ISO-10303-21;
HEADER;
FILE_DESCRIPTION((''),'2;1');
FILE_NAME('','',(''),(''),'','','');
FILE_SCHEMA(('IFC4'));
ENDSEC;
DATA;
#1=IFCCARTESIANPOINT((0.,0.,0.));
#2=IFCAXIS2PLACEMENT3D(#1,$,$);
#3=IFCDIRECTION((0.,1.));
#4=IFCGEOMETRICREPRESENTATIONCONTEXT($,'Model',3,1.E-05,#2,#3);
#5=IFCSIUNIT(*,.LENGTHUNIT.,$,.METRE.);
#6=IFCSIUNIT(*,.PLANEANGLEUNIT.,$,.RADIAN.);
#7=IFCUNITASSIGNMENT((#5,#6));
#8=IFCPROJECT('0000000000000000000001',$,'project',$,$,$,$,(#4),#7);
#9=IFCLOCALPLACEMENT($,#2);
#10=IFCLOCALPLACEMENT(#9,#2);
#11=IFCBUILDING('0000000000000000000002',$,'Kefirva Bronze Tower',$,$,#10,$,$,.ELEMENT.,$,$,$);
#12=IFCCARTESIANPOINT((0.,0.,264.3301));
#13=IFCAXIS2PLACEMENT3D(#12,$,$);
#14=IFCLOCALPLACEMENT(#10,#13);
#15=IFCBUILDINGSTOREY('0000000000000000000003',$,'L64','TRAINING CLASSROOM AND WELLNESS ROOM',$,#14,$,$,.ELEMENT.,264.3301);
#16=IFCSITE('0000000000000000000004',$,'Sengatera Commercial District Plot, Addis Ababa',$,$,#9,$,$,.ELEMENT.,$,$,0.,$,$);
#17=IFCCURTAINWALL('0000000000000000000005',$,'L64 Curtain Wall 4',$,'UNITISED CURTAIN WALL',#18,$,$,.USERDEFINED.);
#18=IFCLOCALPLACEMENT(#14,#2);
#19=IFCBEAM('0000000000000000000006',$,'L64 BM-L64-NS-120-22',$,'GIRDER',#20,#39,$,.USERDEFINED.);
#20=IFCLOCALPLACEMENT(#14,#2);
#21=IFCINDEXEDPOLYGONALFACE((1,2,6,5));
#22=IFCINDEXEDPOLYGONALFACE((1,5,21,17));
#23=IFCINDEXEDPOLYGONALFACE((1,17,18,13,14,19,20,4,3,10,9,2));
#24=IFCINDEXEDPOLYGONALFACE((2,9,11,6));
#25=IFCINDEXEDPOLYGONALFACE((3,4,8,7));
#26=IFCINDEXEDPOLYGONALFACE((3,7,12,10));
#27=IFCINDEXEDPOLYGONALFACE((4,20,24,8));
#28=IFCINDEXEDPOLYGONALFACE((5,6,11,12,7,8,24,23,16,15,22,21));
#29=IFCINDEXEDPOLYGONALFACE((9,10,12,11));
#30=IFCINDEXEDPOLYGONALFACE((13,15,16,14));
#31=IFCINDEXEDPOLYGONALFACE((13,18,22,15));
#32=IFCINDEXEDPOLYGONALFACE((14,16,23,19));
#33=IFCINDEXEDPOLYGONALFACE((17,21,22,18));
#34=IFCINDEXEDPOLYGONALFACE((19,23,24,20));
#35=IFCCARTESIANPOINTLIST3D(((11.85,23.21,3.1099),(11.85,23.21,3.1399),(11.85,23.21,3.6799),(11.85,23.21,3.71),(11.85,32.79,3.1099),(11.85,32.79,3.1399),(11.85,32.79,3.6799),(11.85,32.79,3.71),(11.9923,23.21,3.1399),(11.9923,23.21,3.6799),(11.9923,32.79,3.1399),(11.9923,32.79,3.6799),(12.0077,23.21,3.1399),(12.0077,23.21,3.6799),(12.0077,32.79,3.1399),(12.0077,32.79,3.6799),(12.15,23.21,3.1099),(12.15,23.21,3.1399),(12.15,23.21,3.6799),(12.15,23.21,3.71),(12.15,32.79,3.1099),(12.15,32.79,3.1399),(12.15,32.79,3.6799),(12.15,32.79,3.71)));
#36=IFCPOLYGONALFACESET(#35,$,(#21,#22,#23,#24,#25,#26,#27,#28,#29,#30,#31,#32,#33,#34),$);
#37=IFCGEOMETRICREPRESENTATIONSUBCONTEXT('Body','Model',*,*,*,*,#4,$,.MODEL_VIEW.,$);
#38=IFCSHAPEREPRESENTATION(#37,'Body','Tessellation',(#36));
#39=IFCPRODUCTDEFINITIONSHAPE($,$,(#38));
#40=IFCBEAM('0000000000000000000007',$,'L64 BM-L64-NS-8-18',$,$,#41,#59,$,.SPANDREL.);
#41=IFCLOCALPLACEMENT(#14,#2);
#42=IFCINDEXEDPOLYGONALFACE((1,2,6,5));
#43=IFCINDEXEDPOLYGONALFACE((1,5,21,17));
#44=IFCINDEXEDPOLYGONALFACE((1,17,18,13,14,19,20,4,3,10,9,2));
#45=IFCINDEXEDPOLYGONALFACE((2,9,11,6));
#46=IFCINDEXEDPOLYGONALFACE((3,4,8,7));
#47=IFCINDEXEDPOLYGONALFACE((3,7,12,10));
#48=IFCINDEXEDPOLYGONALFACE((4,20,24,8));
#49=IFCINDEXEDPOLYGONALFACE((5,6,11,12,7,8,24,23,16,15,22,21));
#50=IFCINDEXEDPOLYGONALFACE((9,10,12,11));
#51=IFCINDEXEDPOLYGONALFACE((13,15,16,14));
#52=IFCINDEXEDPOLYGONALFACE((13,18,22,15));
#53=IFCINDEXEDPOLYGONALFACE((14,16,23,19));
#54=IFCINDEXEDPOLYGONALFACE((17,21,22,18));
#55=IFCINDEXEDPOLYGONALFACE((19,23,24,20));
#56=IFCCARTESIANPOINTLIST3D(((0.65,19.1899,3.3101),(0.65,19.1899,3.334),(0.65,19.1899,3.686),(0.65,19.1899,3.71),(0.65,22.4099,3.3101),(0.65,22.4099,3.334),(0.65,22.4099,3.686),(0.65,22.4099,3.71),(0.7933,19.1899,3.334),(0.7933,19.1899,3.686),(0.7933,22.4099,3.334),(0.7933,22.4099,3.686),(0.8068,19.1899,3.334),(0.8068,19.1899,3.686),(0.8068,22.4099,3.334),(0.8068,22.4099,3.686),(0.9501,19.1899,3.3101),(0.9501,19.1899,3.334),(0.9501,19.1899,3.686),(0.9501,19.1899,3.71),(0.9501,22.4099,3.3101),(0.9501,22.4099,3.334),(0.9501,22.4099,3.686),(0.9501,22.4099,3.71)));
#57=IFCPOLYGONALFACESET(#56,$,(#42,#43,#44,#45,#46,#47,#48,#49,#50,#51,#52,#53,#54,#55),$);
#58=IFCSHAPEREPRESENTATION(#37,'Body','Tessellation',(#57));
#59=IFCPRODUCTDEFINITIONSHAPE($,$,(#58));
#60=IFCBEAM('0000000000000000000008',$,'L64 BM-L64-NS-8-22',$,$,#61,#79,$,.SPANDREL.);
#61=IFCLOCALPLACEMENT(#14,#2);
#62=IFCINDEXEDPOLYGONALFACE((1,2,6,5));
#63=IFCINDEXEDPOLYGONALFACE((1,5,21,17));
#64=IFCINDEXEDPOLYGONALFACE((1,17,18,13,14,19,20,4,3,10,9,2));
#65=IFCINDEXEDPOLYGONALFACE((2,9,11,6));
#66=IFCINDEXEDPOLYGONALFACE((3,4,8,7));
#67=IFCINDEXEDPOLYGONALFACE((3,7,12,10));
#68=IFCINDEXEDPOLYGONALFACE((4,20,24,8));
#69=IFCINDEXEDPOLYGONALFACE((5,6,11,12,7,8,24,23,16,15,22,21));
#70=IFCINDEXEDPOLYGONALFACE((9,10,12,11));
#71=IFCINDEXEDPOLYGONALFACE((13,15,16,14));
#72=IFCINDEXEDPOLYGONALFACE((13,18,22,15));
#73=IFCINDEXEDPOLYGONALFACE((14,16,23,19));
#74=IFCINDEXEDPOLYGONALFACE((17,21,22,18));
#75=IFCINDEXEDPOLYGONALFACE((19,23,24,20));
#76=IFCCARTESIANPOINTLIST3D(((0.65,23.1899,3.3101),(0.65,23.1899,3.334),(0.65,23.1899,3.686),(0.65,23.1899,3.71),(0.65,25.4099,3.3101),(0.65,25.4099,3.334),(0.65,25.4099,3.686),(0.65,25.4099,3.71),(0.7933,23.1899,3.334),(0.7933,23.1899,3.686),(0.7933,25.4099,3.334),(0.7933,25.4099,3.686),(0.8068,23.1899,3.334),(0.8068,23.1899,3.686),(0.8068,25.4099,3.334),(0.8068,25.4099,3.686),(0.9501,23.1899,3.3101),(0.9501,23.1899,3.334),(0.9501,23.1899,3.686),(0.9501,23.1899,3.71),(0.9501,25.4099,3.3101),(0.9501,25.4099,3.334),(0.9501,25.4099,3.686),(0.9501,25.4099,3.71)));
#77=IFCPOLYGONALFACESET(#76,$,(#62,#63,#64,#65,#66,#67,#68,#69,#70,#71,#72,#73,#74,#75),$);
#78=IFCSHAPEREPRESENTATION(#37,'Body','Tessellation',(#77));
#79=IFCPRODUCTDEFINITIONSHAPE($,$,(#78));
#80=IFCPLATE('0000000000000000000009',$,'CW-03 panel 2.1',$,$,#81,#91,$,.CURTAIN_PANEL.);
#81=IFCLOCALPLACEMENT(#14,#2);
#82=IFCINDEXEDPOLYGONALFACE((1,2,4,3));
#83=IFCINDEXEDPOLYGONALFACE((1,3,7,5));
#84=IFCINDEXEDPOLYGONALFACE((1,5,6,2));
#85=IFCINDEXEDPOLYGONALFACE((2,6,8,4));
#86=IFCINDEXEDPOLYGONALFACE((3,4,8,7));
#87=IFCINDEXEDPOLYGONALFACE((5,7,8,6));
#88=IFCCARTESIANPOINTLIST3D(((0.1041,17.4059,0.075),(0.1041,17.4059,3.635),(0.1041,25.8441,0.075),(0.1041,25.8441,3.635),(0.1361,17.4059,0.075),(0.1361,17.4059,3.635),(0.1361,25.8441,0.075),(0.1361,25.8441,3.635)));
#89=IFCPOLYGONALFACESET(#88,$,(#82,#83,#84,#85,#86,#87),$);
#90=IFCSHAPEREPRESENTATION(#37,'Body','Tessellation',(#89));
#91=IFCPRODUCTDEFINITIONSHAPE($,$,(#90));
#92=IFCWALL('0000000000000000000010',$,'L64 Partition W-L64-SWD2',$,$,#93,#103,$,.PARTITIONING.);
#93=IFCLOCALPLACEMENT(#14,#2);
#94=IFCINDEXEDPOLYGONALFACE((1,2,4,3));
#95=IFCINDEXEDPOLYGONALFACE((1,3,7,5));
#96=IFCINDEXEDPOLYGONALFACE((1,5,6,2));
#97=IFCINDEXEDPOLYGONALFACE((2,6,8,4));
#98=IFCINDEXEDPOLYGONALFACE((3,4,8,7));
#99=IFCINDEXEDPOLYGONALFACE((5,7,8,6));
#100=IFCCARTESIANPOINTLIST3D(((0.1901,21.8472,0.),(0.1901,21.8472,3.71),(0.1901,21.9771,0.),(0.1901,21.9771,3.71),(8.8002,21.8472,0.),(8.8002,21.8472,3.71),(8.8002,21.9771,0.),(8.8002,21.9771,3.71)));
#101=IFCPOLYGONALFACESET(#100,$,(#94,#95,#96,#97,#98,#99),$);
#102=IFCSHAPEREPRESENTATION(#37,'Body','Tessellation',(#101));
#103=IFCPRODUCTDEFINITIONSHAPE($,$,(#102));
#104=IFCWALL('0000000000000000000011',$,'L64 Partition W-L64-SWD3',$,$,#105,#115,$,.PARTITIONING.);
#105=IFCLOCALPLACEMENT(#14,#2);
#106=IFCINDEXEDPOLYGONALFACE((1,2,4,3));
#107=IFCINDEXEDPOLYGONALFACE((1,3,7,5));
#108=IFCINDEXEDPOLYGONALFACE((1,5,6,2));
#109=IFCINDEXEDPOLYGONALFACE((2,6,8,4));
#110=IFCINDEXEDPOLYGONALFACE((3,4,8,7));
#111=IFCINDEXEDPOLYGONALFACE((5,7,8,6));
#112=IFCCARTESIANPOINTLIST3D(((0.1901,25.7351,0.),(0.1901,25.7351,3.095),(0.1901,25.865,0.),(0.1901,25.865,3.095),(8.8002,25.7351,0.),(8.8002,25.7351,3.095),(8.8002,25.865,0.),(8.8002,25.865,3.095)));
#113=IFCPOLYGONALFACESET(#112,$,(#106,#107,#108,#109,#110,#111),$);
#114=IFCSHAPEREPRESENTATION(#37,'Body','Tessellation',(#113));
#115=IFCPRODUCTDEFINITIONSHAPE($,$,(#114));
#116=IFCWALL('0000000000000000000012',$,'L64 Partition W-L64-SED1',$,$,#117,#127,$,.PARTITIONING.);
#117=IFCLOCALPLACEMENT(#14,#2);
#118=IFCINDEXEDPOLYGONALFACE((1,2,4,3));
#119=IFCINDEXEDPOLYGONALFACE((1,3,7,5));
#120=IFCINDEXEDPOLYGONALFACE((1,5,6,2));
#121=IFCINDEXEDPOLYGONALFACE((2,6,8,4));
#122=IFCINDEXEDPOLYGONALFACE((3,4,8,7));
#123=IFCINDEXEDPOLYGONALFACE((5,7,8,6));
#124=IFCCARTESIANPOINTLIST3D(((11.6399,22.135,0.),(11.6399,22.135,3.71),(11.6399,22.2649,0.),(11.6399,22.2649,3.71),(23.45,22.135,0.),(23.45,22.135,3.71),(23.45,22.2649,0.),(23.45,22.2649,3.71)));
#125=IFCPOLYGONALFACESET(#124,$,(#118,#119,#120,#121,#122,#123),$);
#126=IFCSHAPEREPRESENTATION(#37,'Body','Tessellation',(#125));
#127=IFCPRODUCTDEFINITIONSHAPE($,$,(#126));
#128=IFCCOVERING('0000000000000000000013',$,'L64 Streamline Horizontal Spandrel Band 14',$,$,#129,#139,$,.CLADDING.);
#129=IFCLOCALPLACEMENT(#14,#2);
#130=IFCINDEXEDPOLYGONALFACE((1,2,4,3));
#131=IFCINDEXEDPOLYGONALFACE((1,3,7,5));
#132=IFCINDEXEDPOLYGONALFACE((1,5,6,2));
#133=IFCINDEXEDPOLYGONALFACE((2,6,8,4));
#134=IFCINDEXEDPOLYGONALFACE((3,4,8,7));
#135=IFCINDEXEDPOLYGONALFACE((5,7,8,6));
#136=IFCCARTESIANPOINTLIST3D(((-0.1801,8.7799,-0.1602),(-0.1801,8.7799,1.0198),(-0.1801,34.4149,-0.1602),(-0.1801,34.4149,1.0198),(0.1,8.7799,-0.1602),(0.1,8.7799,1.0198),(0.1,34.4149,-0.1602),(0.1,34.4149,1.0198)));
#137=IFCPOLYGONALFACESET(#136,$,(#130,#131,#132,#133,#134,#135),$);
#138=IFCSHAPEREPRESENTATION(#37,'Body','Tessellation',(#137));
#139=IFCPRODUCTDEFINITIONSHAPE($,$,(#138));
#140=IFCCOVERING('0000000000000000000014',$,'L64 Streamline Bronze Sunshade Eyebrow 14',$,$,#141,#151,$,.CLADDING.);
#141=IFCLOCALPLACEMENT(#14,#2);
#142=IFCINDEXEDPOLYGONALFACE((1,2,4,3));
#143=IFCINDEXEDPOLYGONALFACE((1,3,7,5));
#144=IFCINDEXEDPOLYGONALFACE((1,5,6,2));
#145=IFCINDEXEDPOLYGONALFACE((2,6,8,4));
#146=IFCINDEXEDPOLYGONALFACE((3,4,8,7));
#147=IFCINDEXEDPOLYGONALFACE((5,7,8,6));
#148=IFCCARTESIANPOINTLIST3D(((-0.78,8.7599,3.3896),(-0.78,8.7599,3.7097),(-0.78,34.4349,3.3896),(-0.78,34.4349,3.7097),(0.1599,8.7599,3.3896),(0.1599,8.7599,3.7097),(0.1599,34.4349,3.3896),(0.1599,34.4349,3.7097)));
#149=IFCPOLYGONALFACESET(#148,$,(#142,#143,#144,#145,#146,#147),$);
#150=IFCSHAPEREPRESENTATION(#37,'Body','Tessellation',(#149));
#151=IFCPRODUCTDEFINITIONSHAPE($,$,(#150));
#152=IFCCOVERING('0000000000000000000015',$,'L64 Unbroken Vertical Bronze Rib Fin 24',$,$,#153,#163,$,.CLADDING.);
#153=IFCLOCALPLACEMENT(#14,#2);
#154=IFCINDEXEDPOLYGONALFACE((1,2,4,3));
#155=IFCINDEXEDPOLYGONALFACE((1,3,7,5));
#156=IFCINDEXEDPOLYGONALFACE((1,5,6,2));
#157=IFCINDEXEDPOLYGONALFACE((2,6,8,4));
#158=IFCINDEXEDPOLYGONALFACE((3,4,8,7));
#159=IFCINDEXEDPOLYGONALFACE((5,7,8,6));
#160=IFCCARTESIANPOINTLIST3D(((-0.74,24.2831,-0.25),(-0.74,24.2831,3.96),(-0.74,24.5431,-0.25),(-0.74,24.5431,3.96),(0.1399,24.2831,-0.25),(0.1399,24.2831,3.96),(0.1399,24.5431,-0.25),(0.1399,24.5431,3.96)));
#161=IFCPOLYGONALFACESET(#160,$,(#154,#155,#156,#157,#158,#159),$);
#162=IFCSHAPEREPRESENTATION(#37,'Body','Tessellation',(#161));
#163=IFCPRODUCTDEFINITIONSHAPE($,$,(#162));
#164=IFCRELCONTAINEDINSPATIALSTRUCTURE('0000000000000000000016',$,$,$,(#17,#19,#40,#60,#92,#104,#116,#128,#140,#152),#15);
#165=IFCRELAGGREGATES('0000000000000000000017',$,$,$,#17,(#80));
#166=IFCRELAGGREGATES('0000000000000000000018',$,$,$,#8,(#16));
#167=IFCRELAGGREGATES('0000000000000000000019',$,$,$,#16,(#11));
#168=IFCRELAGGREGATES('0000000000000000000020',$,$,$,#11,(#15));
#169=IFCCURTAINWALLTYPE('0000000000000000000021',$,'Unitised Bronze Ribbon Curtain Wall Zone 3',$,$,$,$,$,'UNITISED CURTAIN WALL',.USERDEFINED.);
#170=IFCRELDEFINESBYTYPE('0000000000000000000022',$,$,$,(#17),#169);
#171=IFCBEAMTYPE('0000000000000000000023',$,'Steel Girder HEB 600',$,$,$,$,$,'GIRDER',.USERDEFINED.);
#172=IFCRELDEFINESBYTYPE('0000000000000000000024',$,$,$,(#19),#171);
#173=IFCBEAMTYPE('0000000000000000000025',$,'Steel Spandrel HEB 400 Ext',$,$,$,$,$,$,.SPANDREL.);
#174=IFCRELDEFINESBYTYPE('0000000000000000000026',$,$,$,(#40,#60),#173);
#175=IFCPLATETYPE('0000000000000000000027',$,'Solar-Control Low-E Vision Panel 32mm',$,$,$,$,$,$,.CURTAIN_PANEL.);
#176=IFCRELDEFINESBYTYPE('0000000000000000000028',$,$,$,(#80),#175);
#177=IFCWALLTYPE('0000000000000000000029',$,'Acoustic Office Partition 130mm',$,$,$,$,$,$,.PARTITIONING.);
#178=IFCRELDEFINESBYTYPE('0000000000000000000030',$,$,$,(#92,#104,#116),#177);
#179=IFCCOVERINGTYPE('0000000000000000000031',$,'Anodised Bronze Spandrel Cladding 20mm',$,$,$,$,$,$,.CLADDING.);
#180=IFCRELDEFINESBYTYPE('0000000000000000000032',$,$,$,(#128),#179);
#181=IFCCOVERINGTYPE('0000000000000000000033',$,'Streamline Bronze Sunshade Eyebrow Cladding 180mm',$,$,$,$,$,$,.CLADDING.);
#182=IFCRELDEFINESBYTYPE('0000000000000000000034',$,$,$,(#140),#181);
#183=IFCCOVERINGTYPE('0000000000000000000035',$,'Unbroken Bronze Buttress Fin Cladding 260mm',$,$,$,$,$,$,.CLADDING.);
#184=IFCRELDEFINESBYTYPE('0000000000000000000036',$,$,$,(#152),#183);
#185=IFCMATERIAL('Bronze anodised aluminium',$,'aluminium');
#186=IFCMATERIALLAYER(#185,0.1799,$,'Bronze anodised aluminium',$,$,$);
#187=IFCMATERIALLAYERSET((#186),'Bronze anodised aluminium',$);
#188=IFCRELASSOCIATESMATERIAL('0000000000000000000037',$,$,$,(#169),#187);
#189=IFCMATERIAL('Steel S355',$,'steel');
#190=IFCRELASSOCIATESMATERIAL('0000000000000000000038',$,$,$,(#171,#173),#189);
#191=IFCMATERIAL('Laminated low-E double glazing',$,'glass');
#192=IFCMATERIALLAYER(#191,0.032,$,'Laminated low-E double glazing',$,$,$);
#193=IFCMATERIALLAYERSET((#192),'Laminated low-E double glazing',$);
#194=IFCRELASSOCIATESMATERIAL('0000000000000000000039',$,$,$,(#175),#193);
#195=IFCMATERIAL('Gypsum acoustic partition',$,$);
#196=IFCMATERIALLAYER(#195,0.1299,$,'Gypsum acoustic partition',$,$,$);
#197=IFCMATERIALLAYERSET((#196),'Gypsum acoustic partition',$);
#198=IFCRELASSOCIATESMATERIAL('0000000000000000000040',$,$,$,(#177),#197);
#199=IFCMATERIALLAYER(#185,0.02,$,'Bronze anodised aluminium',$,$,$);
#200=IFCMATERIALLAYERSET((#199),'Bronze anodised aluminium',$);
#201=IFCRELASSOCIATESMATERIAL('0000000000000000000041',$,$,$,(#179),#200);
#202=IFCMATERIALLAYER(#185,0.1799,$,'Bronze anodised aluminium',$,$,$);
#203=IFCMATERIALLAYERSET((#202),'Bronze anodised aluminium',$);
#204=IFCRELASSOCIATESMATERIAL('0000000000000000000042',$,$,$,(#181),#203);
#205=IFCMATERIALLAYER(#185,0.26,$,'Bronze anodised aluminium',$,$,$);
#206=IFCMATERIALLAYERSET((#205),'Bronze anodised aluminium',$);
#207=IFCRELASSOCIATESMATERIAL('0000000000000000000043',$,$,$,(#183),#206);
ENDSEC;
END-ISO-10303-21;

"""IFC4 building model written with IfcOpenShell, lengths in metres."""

from ifc_helpers import new_model, si_unit, direction, frame, frame_2d, origin, origin_2d, place, context, subcontext, project, spatial, rectangle, i_section, extrude, material, layer, layer_set, material_profile, profile_set, type_object, element, aggregate, save


model = new_model("IFC4")

# Units and contexts
model_context = context("Model", 3, precision=1e-05, world=origin(), true_north=direction((0.0, 1.0)))
body_context = subcontext(model_context, "Body", "Model", "MODEL_VIEW")
ifc_project = project(units=[si_unit("LENGTHUNIT", "METRE"), si_unit("PLANEANGLEUNIT", "RADIAN")], contexts=[model_context])

# Site, building, storey
site_placement = place(None, origin())
site = spatial("IfcSite", under=ifc_project, at=site_placement, Name="Sengatera Commercial District Plot, Addis Ababa", CompositionType="ELEMENT", RefElevation=0.0)
building_placement = place(site_placement, origin())
building = spatial("IfcBuilding", under=site, at=building_placement, Name="Kefirva Bronze Tower", CompositionType="ELEMENT")
storey_placement = place(building_placement, frame((0.0, 0.0, 264.3301)))
storey = spatial("IfcBuildingStorey", under=building, at=storey_placement, Name="L64", Description="TRAINING CLASSROOM AND WELLNESS ROOM", CompositionType="ELEMENT", Elevation=264.3301)

# Curtain wall
ifc_material_1 = material(Name="Bronze anodised aluminium", Category="aluminium")
ifc_layer_1 = layer(ifc_material_1, 0.1799, Name="Bronze anodised aluminium")
ifc_layer_set_1 = layer_set([ifc_layer_1], Name="Bronze anodised aluminium")
curtain_wall_type = type_object("IfcCurtainWallType", Name="Unitised Bronze Ribbon Curtain Wall Zone 3", ElementType="UNITISED CURTAIN WALL", PredefinedType="USERDEFINED", material=ifc_layer_set_1)
curtain_wall_placement = place(storey_placement, origin())
curtain_wall = element("IfcCurtainWall", 1, at=curtain_wall_placement, inside=storey, type_object=curtain_wall_type, Name="L64 Curtain Wall 4", ObjectType="UNITISED CURTAIN WALL", PredefinedType="USERDEFINED")

# Beams
ifc_material_2 = material(Name="Steel S355", Category="steel")
ifc_material_profile_1 = material_profile(ifc_material_2, i_section(OverallWidth=0.3, OverallDepth=0.6001, WebThickness=0.0154, FlangeThickness=0.03, at=origin_2d()), Name="HEB 600")
ifc_profile_set_1 = profile_set([ifc_material_profile_1], Name="Steel S355")
beam_type_1 = type_object("IfcBeamType", Name="Steel Girder HEB 600", ElementType="GIRDER", PredefinedType="USERDEFINED", material=ifc_profile_set_1)
beam_1_placement = place(storey_placement, frame((12.0, 23.21, 3.4099), z_axis=(0.0, 1.0, 0.0), x_axis=(-1.0, 0.0, 0.0)))
element("IfcBeam", 2, at=beam_1_placement, inside=storey, type_object=beam_type_1, Name="L64 BM-L64-NS-120-22", ObjectType="GIRDER", PredefinedType="USERDEFINED", context=body_context, shape_type="SweptSolid", body=[
    extrude(i_section(OverallWidth=0.3, OverallDepth=0.6001, WebThickness=0.0154, FlangeThickness=0.03, at=origin_2d()), origin(), (0.0, 0.0, 1.0), 9.5801),
])
ifc_material_profile_2 = material_profile(ifc_material_2, i_section(OverallWidth=0.3, OverallDepth=0.3999, WebThickness=0.0134, FlangeThickness=0.0239, at=origin_2d()), Name="HEB 400")
ifc_profile_set_2 = profile_set([ifc_material_profile_2], Name="Steel S355")
beam_type_2 = type_object("IfcBeamType", Name="Steel Spandrel HEB 400 Ext", PredefinedType="SPANDREL", material=ifc_profile_set_2)
beam_2_placement = place(storey_placement, frame((0.8, 19.1899, 3.51), z_axis=(0.0, 1.0, 0.0), x_axis=(-1.0, 0.0, 0.0)))
element("IfcBeam", 3, at=beam_2_placement, inside=storey, type_object=beam_type_2, Name="L64 BM-L64-NS-8-18", PredefinedType="SPANDREL", context=body_context, shape_type="SweptSolid", body=[
    extrude(i_section(OverallWidth=0.3, OverallDepth=0.3999, WebThickness=0.0134, FlangeThickness=0.0239, at=origin_2d()), origin(), (0.0, 0.0, 1.0), 3.22),
])
beam_3_placement = place(storey_placement, frame((0.8, 23.1899, 3.51), z_axis=(0.0, 1.0, 0.0), x_axis=(-1.0, 0.0, 0.0)))
element("IfcBeam", 4, at=beam_3_placement, inside=storey, type_object=beam_type_2, Name="L64 BM-L64-NS-8-22", PredefinedType="SPANDREL", context=body_context, shape_type="SweptSolid", body=[
    extrude(i_section(OverallWidth=0.3, OverallDepth=0.3999, WebThickness=0.0134, FlangeThickness=0.0239, at=origin_2d()), origin(), (0.0, 0.0, 1.0), 2.22),
])

# Plate
ifc_material_3 = material(Name="Laminated low-E double glazing", Category="glass")
ifc_layer_2 = layer(ifc_material_3, 0.032, Name="Laminated low-E double glazing")
ifc_layer_set_2 = layer_set([ifc_layer_2], Name="Laminated low-E double glazing")
plate_type = type_object("IfcPlateType", Name="Solar-Control Low-E Vision Panel 32mm", PredefinedType="CURTAIN_PANEL", material=ifc_layer_set_2)
plate_placement = place(storey_placement, frame((0.1201, 21.625, 0.075), z_axis=(0.0, 0.0, 1.0), x_axis=(0.0, -1.0, 0.0)))
plate = element("IfcPlate", 5, at=plate_placement, type_object=plate_type, Name="CW-03 panel 2.1", PredefinedType="CURTAIN_PANEL", context=body_context, shape_type="SweptSolid", body=[
    extrude(rectangle(XDim=8.4382, YDim=0.032, at=origin_2d()), origin(), (0.0, 0.0, 1.0), 3.5601),
])
aggregate(curtain_wall, [plate])

# Walls
ifc_material_4 = material(Name="Gypsum acoustic partition")
ifc_layer_3 = layer(ifc_material_4, 0.1299, Name="Gypsum acoustic partition")
ifc_layer_set_3 = layer_set([ifc_layer_3], Name="Gypsum acoustic partition")
wall_type = type_object("IfcWallType", Name="Acoustic Office Partition 130mm", PredefinedType="PARTITIONING", material=ifc_layer_set_3)
wall_1_placement = place(storey_placement, frame((0.1899, 21.9121, 0.0), z_axis=(0.0, 0.0, 1.0), x_axis=(1.0, 0.0, 0.0)))
element("IfcWall", 6, at=wall_1_placement, inside=storey, type_object=wall_type, Name="L64 Partition W-L64-SWD2", PredefinedType="PARTITIONING", context=body_context, shape_type="SweptSolid", body=[
    extrude(rectangle(XDim=8.6101, YDim=0.1299, at=frame_2d((4.3052, 0.0))), origin(), (0.0, 0.0, 1.0), 3.71),
])
wall_2_placement = place(storey_placement, frame((0.1899, 25.8, 0.0), z_axis=(0.0, 0.0, 1.0), x_axis=(1.0, 0.0, 0.0)))
element("IfcWall", 7, at=wall_2_placement, inside=storey, type_object=wall_type, Name="L64 Partition W-L64-SWD3", PredefinedType="PARTITIONING", context=body_context, shape_type="SweptSolid", body=[
    extrude(rectangle(XDim=8.6101, YDim=0.1299, at=frame_2d((4.3052, 0.0))), origin(), (0.0, 0.0, 1.0), 3.095),
])
wall_3_placement = place(storey_placement, frame((11.6399, 22.2, 0.0), z_axis=(0.0, 0.0, 1.0), x_axis=(1.0, 0.0, 0.0)))
element("IfcWall", 8, at=wall_3_placement, inside=storey, type_object=wall_type, Name="L64 Partition W-L64-SED1", PredefinedType="PARTITIONING", context=body_context, shape_type="SweptSolid", body=[
    extrude(rectangle(XDim=11.8101, YDim=0.1299, at=frame_2d((5.905, 0.0))), origin(), (0.0, 0.0, 1.0), 3.71),
])

# Coverings
ifc_layer_4 = layer(ifc_material_1, 0.02, Name="Bronze anodised aluminium")
ifc_layer_set_4 = layer_set([ifc_layer_4], Name="Bronze anodised aluminium")
covering_type_1 = type_object("IfcCoveringType", Name="Anodised Bronze Spandrel Cladding 20mm", PredefinedType="CLADDING", material=ifc_layer_set_4)
covering_1_placement = place(storey_placement, frame((-0.04, 21.5974, -0.1602), z_axis=(0.0, 0.0, 1.0), x_axis=(0.0, -1.0, 0.0)))
element("IfcCovering", 9, at=covering_1_placement, inside=storey, type_object=covering_type_1, Name="L64 Streamline Horizontal Spandrel Band 14", PredefinedType="CLADDING", context=body_context, shape_type="SweptSolid", body=[
    extrude(rectangle(XDim=25.635, YDim=0.28, at=origin_2d()), origin(), (0.0, 0.0, 1.0), 1.1799),
])
ifc_layer_5 = layer(ifc_material_1, 0.1799, Name="Bronze anodised aluminium")
ifc_layer_set_5 = layer_set([ifc_layer_5], Name="Bronze anodised aluminium")
covering_type_2 = type_object("IfcCoveringType", Name="Streamline Bronze Sunshade Eyebrow Cladding 180mm", PredefinedType="CLADDING", material=ifc_layer_set_5)
covering_2_placement = place(storey_placement, frame((-0.3101, 21.5974, 3.3896), z_axis=(0.0, 0.0, 1.0), x_axis=(0.0, -1.0, 0.0)))
element("IfcCovering", 10, at=covering_2_placement, inside=storey, type_object=covering_type_2, Name="L64 Streamline Bronze Sunshade Eyebrow 14", PredefinedType="CLADDING", context=body_context, shape_type="SweptSolid", body=[
    extrude(rectangle(XDim=25.675, YDim=0.9399, at=origin_2d()), origin(), (0.0, 0.0, 1.0), 0.3201),
])
ifc_layer_6 = layer(ifc_material_1, 0.26, Name="Bronze anodised aluminium")
ifc_layer_set_6 = layer_set([ifc_layer_6], Name="Bronze anodised aluminium")
covering_type_3 = type_object("IfcCoveringType", Name="Unbroken Bronze Buttress Fin Cladding 260mm", PredefinedType="CLADDING", material=ifc_layer_set_6)
covering_3_placement = place(storey_placement, frame((-0.3, 24.4131, -0.25), z_axis=(0.0, 0.0, 1.0), x_axis=(0.0, -1.0, 0.0)))
element("IfcCovering", 11, at=covering_3_placement, inside=storey, type_object=covering_type_3, Name="L64 Unbroken Vertical Bronze Rib Fin 24", PredefinedType="CLADDING", context=body_context, shape_type="SweptSolid", body=[
    extrude(rectangle(XDim=0.26, YDim=0.8799, at=origin_2d()), origin(), (0.0, 0.0, 1.0), 4.21),
])

save(model, "model.ifc")
